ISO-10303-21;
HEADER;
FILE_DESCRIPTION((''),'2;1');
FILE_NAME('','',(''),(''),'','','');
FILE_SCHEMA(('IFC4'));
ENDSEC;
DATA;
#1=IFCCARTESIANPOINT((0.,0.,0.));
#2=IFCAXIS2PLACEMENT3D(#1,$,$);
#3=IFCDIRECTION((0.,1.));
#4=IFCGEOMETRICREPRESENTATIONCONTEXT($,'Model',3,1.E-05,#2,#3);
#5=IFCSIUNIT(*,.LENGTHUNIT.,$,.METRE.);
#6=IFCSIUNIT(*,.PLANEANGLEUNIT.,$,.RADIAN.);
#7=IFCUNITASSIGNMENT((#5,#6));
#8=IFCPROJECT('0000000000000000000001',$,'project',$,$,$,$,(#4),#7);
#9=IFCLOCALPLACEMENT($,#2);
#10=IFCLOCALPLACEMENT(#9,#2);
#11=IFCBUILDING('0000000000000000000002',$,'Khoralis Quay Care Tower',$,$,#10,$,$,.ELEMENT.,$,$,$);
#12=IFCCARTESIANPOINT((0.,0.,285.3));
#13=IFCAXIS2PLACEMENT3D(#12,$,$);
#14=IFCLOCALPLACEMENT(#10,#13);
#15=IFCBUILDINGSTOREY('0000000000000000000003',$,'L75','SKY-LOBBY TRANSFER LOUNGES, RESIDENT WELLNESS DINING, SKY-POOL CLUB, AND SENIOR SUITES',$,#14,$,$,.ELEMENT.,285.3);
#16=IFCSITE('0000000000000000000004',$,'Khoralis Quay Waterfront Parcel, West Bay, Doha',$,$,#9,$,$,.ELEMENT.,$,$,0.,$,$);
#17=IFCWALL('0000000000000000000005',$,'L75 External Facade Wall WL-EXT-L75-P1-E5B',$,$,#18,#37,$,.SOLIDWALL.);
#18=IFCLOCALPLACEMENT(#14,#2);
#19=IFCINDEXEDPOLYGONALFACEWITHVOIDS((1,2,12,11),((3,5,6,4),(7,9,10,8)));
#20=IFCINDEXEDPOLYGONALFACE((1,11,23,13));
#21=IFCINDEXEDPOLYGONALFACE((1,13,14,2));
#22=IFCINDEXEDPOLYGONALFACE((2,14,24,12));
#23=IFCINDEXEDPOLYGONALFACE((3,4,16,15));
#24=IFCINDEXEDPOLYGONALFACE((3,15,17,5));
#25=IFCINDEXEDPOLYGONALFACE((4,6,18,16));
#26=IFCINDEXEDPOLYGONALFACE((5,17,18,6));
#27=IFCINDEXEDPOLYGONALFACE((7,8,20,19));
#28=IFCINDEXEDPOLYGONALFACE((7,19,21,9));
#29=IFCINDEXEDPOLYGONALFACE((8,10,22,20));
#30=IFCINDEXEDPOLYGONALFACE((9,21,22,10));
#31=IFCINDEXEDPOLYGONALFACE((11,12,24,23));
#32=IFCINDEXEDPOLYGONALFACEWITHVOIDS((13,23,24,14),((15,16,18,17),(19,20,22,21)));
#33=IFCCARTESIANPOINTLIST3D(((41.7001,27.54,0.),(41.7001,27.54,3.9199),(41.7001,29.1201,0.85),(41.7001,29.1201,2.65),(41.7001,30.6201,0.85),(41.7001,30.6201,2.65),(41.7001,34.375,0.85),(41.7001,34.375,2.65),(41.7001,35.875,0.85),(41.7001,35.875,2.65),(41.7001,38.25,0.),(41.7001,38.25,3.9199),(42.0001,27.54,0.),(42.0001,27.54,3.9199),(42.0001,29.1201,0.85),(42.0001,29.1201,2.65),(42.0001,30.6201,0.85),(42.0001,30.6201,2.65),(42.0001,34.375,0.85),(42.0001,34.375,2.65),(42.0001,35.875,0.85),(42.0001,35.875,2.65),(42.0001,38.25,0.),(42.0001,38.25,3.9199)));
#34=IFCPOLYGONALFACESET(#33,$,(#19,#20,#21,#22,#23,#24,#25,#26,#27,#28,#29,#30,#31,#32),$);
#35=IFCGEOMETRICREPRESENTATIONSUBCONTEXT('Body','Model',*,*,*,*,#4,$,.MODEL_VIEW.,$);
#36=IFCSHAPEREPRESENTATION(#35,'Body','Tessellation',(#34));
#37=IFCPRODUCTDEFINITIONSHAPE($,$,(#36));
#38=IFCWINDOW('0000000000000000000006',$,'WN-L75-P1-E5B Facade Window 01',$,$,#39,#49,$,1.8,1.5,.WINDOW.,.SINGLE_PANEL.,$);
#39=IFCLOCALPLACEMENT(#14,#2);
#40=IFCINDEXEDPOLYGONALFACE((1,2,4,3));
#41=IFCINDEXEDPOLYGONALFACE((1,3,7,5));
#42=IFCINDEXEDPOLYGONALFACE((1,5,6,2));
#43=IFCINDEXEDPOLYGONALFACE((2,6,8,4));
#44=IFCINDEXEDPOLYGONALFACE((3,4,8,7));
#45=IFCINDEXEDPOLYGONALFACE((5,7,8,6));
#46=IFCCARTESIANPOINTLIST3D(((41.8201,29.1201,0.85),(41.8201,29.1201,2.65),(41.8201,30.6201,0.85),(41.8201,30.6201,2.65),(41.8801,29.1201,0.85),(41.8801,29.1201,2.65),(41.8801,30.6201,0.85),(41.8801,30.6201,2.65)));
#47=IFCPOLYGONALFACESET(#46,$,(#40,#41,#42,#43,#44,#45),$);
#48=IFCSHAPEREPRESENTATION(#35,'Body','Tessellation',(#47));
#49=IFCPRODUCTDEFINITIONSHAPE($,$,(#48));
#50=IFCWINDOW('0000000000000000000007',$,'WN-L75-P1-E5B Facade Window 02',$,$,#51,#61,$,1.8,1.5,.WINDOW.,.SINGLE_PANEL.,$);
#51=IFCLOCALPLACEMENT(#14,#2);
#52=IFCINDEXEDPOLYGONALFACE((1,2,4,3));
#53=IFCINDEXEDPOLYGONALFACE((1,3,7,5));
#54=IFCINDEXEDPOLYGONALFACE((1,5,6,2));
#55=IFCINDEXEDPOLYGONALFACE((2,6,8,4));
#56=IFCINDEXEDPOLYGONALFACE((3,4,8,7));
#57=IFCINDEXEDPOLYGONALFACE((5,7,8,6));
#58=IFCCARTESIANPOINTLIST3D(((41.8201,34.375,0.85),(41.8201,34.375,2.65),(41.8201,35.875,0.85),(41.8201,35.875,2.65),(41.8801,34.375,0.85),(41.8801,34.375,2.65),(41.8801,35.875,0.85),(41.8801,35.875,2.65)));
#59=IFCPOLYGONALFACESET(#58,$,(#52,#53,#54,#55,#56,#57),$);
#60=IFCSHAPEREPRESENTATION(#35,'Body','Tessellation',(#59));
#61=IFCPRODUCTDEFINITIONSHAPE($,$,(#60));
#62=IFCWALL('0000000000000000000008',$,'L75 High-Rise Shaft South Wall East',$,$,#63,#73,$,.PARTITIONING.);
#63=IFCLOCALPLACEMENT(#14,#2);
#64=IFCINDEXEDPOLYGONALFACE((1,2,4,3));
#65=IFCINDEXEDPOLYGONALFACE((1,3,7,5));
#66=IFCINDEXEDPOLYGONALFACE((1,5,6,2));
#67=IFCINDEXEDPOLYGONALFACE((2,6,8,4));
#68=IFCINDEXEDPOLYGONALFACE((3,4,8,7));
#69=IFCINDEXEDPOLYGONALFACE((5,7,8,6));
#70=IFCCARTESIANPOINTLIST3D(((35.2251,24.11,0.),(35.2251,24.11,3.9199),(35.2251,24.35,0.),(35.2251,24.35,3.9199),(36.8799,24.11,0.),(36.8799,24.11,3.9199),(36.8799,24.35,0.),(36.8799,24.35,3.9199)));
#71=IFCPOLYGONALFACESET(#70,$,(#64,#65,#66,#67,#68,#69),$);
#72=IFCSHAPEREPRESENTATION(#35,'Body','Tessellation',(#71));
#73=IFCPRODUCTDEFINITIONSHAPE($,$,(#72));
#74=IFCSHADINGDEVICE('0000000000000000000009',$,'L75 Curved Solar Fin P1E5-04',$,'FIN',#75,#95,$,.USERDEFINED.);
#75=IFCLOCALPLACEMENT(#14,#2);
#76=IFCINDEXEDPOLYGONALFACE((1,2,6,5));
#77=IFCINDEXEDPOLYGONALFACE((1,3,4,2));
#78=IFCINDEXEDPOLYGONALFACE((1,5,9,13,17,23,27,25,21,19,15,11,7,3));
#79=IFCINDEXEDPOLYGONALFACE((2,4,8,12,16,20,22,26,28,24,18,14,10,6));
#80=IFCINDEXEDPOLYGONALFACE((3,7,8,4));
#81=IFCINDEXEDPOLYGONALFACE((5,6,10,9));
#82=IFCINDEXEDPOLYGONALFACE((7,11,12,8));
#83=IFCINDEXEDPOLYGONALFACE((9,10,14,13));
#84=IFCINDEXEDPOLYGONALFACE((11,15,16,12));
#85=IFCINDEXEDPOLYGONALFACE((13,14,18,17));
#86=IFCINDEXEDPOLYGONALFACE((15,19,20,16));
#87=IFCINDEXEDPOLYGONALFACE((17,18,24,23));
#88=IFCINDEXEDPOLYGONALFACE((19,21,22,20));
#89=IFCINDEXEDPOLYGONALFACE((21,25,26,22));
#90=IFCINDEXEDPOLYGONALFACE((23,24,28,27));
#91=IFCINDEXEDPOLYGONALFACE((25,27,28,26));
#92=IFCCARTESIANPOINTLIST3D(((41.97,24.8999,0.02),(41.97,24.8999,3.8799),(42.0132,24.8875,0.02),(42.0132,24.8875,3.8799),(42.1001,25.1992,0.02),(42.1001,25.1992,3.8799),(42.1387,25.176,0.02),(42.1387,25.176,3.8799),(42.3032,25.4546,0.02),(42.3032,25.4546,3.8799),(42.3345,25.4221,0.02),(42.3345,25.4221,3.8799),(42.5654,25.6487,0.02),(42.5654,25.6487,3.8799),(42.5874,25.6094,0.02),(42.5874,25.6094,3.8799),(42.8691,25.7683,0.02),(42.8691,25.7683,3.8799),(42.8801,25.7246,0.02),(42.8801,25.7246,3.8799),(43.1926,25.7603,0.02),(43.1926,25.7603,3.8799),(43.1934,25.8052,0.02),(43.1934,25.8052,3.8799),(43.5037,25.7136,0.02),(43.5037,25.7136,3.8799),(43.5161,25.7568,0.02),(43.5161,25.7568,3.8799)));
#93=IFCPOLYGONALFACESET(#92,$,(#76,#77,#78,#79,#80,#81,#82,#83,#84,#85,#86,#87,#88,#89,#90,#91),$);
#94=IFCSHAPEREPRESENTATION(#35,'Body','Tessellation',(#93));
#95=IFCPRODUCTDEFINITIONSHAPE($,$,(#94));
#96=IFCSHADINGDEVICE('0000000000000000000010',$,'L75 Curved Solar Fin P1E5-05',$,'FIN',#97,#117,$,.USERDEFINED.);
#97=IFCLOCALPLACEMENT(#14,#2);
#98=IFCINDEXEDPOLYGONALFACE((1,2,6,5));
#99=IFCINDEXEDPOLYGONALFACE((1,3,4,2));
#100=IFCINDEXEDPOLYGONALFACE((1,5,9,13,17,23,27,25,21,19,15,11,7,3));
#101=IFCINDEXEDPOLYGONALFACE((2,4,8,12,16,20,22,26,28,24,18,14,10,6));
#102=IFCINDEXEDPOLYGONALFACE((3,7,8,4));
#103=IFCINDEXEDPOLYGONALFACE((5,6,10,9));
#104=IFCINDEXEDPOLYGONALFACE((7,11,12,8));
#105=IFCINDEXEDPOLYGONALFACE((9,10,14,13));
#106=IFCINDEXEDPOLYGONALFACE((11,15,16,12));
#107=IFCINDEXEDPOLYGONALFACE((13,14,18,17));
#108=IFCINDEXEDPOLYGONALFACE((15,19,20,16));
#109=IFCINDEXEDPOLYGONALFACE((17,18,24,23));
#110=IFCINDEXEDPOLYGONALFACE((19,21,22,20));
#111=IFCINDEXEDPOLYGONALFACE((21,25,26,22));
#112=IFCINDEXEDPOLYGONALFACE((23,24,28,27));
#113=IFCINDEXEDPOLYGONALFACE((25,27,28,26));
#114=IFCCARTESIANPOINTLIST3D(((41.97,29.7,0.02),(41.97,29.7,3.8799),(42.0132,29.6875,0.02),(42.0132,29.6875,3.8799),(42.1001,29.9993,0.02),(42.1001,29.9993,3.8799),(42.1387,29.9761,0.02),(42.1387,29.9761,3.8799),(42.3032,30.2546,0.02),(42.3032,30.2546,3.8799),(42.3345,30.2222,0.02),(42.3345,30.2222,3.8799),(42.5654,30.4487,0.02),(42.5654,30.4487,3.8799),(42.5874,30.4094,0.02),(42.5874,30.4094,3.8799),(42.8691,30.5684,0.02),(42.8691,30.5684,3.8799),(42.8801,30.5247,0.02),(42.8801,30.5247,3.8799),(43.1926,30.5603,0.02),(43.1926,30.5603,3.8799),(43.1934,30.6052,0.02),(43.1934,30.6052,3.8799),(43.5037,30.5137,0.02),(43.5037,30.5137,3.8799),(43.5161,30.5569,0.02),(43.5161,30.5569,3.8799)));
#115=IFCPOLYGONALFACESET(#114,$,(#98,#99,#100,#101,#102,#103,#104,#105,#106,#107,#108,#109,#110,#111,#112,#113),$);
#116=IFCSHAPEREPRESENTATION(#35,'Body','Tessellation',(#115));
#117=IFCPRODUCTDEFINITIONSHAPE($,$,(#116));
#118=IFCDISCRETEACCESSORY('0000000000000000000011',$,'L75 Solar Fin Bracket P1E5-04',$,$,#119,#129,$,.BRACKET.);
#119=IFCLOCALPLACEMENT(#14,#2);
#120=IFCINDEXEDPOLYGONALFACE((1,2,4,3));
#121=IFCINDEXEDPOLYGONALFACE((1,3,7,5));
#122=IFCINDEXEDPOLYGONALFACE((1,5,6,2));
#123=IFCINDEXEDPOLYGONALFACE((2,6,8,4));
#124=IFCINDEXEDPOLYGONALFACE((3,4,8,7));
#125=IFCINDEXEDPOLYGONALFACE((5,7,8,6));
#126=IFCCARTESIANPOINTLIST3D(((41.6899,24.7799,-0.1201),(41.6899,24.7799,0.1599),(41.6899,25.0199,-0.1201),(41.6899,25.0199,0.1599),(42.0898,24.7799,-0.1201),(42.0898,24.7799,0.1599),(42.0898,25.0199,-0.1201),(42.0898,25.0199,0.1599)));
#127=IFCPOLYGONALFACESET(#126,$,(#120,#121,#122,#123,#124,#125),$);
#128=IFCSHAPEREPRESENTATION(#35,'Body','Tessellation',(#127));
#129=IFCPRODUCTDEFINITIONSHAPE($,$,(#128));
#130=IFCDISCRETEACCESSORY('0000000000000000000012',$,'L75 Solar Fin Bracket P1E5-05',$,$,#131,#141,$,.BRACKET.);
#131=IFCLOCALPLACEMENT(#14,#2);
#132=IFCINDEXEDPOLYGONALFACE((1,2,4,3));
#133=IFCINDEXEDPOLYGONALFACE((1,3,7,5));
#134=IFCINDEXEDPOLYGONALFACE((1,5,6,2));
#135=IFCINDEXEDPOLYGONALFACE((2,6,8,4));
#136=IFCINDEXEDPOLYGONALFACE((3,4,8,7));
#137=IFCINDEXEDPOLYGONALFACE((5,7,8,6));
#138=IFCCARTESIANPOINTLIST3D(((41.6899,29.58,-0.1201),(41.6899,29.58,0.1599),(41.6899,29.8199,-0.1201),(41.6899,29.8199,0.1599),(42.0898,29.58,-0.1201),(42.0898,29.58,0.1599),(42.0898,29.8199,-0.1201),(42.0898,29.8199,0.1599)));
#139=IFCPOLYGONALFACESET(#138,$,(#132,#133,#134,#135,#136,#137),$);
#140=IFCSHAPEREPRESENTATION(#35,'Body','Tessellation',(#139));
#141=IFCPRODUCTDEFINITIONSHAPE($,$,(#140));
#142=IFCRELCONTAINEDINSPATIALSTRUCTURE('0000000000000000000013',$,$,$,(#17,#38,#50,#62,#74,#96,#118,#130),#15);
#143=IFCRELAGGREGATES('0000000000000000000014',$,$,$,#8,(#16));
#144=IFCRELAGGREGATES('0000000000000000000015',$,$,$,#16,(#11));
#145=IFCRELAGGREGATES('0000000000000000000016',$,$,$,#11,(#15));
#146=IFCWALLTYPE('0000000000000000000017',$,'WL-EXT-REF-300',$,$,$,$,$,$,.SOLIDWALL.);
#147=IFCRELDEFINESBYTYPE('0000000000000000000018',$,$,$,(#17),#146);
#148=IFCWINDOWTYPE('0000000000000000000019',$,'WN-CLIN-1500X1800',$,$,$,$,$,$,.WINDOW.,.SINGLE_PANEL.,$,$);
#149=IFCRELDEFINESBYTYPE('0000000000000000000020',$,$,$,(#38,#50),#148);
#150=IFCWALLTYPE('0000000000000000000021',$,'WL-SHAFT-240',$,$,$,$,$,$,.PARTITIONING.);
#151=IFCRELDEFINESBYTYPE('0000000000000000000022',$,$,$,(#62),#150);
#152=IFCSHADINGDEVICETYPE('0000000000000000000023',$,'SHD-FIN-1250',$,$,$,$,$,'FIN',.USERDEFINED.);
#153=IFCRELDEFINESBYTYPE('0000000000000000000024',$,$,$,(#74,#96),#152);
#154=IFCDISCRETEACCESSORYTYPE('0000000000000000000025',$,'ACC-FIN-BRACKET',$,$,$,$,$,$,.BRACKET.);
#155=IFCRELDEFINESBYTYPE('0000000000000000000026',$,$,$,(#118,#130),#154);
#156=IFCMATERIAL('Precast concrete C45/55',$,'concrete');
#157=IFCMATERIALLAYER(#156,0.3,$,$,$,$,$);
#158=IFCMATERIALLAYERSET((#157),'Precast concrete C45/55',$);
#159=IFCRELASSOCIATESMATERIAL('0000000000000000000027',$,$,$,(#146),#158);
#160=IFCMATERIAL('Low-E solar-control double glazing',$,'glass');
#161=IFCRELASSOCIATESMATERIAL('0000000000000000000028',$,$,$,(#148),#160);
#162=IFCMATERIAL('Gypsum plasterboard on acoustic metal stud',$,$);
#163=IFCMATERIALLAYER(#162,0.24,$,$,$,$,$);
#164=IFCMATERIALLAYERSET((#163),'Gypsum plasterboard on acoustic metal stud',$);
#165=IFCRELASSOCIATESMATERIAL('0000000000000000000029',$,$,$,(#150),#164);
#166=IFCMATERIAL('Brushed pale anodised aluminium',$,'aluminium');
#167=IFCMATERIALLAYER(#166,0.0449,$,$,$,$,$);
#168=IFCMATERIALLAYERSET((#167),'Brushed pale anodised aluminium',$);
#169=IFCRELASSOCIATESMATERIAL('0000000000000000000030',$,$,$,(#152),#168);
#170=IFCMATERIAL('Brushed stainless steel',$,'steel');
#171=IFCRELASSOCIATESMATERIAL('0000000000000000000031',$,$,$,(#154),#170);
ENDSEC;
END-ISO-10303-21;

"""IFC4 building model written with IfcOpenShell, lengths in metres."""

from ifc_helpers import new_model, si_unit, direction, frame, frame_2d, origin, origin_2d, place, context, subcontext, project, spatial, polyline, rectangle, outline, extrude, source, transform, mapped, material, layer, layer_set, type_object, element, fill, save


model = new_model("IFC4")

# Units and contexts
model_context = context("Model", 3, precision=1e-05, world=origin(), true_north=direction((0.0, 1.0)))
body_context = subcontext(model_context, "Body", "Model", "MODEL_VIEW")
ifc_project = project(units=[si_unit("LENGTHUNIT", "METRE"), si_unit("PLANEANGLEUNIT", "RADIAN")], contexts=[model_context])

# Site, building, storey
site_placement = place(None, origin())
site = spatial("IfcSite", under=ifc_project, at=site_placement, Name="Khoralis Quay Waterfront Parcel, West Bay, Doha", CompositionType="ELEMENT", RefElevation=0.0)
building_placement = place(site_placement, origin())
building = spatial("IfcBuilding", under=site, at=building_placement, Name="Khoralis Quay Care Tower", CompositionType="ELEMENT")
storey_placement = place(building_placement, frame((0.0, 0.0, 285.3)))
storey = spatial("IfcBuildingStorey", under=building, at=storey_placement, Name="L75", Description="SKY-LOBBY TRANSFER LOUNGES, RESIDENT WELLNESS DINING, SKY-POOL CLUB, AND SENIOR SUITES", CompositionType="ELEMENT", Elevation=285.3)

# Shared definitions
ifc_material_1 = material(Name="Low-E solar-control double glazing", Category="glass")

# Shared definitions
ifc_material_2 = material(Name="Brushed stainless steel", Category="steel")

# Shared definitions
ifc_material_3 = material(Name="Gypsum plasterboard on acoustic metal stud")

# Wall, openings, windows
ifc_material_4 = material(Name="Precast concrete C45/55", Category="concrete")
ifc_layer_1 = layer(ifc_material_4, 0.3)
ifc_layer_set_1 = layer_set([ifc_layer_1], Name="Precast concrete C45/55")
wall_type_1 = type_object("IfcWallType", Name="WL-EXT-REF-300", PredefinedType="SOLIDWALL", material=ifc_layer_set_1)
wall_1_placement = place(storey_placement, frame((41.8501, 27.54, 0.0), z_axis=(0.0, 0.0, 1.0), x_axis=(0.0, 1.0, 0.0)))
wall_1 = element("IfcWall", 1, at=wall_1_placement, inside=storey, type_object=wall_type_1, Name="L75 External Facade Wall WL-EXT-L75-P1-E5B", PredefinedType="SOLIDWALL", context=body_context, shape_type="SweptSolid", body=[
    extrude(rectangle(XDim=10.71, YDim=0.3, at=frame_2d((5.355, 0.0))), origin(), (0.0, 0.0, 1.0), 3.9199),
])
opening_1_placement = place(wall_1_placement, frame((1.5801, 0.0, 0.8501)))
opening_1 = element("IfcOpeningElement", 2, at=opening_1_placement, cuts=wall_1, PredefinedType="OPENING", context=body_context, shape_type="SweptSolid", body=[
    extrude(rectangle(XDim=1.5, YDim=1.8, at=frame_2d((0.75, 0.8999))), frame((0.0, 0.1602, 0.0), z_axis=(0.0, -1.0, 0.0), x_axis=(1.0, 0.0, 0.0)), (0.0, 0.0, 1.0), 0.3201),
])
opening_2_placement = place(wall_1_placement, frame((6.835, 0.0, 0.8501)))
opening_2 = element("IfcOpeningElement", 3, at=opening_2_placement, cuts=wall_1, PredefinedType="OPENING", context=body_context, shape_type="SweptSolid", body=[
    extrude(rectangle(XDim=1.5, YDim=1.8, at=frame_2d((0.75, 0.8999))), frame((0.0, 0.1602, 0.0), z_axis=(0.0, -1.0, 0.0), x_axis=(1.0, 0.0, 0.0)), (0.0, 0.0, 1.0), 0.3201),
])
window_type = type_object("IfcWindowType", Name="WN-CLIN-1500X1800", PartitioningType="SINGLE_PANEL", PredefinedType="WINDOW", material=ifc_material_1)
shared_shape_1 = source(origin(), body_context, "Body", "SweptSolid", [
    extrude(rectangle(XDim=1.5, YDim=1.8, at=frame_2d((0.75, 0.8999))), frame((0.0, 0.03, 0.0), z_axis=(0.0, -1.0, 0.0), x_axis=(1.0, 0.0, 0.0)), (0.0, 0.0, 1.0), 0.0601),
])
window_1_placement = place(opening_1_placement, origin())
window_1 = element("IfcWindow", 4, at=window_1_placement, inside=storey, type_object=window_type, Name="WN-L75-P1-E5B Facade Window 01", OverallHeight=1.8, OverallWidth=1.5, PartitioningType="SINGLE_PANEL", PredefinedType="WINDOW", context=body_context, shape_type="MappedRepresentation", body=[
    mapped(shared_shape_1, transform((0.0, 0.0, 0.0), scale=1.0)),
])
fill(opening_1, window_1)
window_2_placement = place(opening_2_placement, origin())
window_2 = element("IfcWindow", 5, at=window_2_placement, inside=storey, type_object=window_type, Name="WN-L75-P1-E5B Facade Window 02", OverallHeight=1.8, OverallWidth=1.5, PartitioningType="SINGLE_PANEL", PredefinedType="WINDOW", context=body_context, shape_type="MappedRepresentation", body=[
    mapped(shared_shape_1, transform((0.0, 0.0, 0.0), scale=1.0)),
])
fill(opening_2, window_2)

# Wall
ifc_layer_2 = layer(ifc_material_3, 0.24)
ifc_layer_set_2 = layer_set([ifc_layer_2], Name="Gypsum plasterboard on acoustic metal stud")
wall_type_2 = type_object("IfcWallType", Name="WL-SHAFT-240", PredefinedType="PARTITIONING", material=ifc_layer_set_2)
wall_2_placement = place(storey_placement, frame((35.2251, 24.23, 0.0), z_axis=(0.0, 0.0, 1.0), x_axis=(1.0, 0.0, 0.0)))
element("IfcWall", 6, at=wall_2_placement, inside=storey, type_object=wall_type_2, Name="L75 High-Rise Shaft South Wall East", PredefinedType="PARTITIONING", context=body_context, shape_type="SweptSolid", body=[
    extrude(rectangle(XDim=1.6548, YDim=0.24, at=frame_2d((0.8274, 0.0))), origin(), (0.0, 0.0, 1.0), 3.9199),
])

# Shading devices
ifc_material_5 = material(Name="Brushed pale anodised aluminium", Category="aluminium")
ifc_layer_3 = layer(ifc_material_5, 0.0449)
ifc_layer_set_3 = layer_set([ifc_layer_3], Name="Brushed pale anodised aluminium")
shading_device_type = type_object("IfcShadingDeviceType", Name="SHD-FIN-1250", ElementType="FIN", PredefinedType="USERDEFINED", material=ifc_layer_set_3)
shared_shape_2 = source(origin(), body_context, "Body", "SweptSolid", [
    extrude(outline(polyline([(0.0, 0.0), (0.1301, 0.2993), (0.3333, 0.5547), (0.5955, 0.7488), (0.8992, 0.8684), (1.2234, 0.9053), (1.5461, 0.8569), (1.5337, 0.8137), (1.2227, 0.8604), (0.9102, 0.8247), (0.6174, 0.7095), (0.3645, 0.5222), (0.1687, 0.2761), (0.0432, -0.0125), (0.0, 0.0)])), origin(), (0.0, 0.0, 1.0), 3.8599),
])
for number, where, z_axis, x_axis, name in (
    (7, (41.97, 24.8999, 0.02), (0.0, 0.0, 1.0), (1.0, 0.0, 0.0), "L75 Curved Solar Fin P1E5-04"),
    (8, (41.97, 29.7, 0.02), (0.0, 0.0, 1.0), (1.0, 0.0, 0.0), "L75 Curved Solar Fin P1E5-05"),
):
    element("IfcShadingDevice", number, at=place(storey_placement, frame(where, z_axis=z_axis, x_axis=x_axis)), inside=storey, type_object=shading_device_type, Name=name, ObjectType="FIN", PredefinedType="USERDEFINED", context=body_context, shape_type="MappedRepresentation", body=[
        mapped(shared_shape_2, transform((0.0, 0.0, 0.0), scale=1.0)),
    ])

# Discrete accessories
discrete_accessory_type = type_object("IfcDiscreteAccessoryType", Name="ACC-FIN-BRACKET", PredefinedType="BRACKET", material=ifc_material_2)
shared_shape_3 = source(origin(), body_context, "Body", "SweptSolid", [
    extrude(rectangle(XDim=0.3999, YDim=0.24, at=origin_2d()), origin(), (0.0, 0.0, 1.0), 0.28),
])
for number, where, z_axis, x_axis, name in (
    (9, (41.8899, 24.8999, -0.1201), (0.0, 0.0, 1.0), (1.0, 0.0, 0.0), "L75 Solar Fin Bracket P1E5-04"),
    (10, (41.8899, 29.7, -0.1201), (0.0, 0.0, 1.0), (1.0, 0.0, 0.0), "L75 Solar Fin Bracket P1E5-05"),
):
    element("IfcDiscreteAccessory", number, at=place(storey_placement, frame(where, z_axis=z_axis, x_axis=x_axis)), inside=storey, type_object=discrete_accessory_type, Name=name, PredefinedType="BRACKET", context=body_context, shape_type="MappedRepresentation", body=[
        mapped(shared_shape_3, transform((0.0, 0.0, 0.0), scale=1.0)),
    ])

save(model, "model.ifc")
